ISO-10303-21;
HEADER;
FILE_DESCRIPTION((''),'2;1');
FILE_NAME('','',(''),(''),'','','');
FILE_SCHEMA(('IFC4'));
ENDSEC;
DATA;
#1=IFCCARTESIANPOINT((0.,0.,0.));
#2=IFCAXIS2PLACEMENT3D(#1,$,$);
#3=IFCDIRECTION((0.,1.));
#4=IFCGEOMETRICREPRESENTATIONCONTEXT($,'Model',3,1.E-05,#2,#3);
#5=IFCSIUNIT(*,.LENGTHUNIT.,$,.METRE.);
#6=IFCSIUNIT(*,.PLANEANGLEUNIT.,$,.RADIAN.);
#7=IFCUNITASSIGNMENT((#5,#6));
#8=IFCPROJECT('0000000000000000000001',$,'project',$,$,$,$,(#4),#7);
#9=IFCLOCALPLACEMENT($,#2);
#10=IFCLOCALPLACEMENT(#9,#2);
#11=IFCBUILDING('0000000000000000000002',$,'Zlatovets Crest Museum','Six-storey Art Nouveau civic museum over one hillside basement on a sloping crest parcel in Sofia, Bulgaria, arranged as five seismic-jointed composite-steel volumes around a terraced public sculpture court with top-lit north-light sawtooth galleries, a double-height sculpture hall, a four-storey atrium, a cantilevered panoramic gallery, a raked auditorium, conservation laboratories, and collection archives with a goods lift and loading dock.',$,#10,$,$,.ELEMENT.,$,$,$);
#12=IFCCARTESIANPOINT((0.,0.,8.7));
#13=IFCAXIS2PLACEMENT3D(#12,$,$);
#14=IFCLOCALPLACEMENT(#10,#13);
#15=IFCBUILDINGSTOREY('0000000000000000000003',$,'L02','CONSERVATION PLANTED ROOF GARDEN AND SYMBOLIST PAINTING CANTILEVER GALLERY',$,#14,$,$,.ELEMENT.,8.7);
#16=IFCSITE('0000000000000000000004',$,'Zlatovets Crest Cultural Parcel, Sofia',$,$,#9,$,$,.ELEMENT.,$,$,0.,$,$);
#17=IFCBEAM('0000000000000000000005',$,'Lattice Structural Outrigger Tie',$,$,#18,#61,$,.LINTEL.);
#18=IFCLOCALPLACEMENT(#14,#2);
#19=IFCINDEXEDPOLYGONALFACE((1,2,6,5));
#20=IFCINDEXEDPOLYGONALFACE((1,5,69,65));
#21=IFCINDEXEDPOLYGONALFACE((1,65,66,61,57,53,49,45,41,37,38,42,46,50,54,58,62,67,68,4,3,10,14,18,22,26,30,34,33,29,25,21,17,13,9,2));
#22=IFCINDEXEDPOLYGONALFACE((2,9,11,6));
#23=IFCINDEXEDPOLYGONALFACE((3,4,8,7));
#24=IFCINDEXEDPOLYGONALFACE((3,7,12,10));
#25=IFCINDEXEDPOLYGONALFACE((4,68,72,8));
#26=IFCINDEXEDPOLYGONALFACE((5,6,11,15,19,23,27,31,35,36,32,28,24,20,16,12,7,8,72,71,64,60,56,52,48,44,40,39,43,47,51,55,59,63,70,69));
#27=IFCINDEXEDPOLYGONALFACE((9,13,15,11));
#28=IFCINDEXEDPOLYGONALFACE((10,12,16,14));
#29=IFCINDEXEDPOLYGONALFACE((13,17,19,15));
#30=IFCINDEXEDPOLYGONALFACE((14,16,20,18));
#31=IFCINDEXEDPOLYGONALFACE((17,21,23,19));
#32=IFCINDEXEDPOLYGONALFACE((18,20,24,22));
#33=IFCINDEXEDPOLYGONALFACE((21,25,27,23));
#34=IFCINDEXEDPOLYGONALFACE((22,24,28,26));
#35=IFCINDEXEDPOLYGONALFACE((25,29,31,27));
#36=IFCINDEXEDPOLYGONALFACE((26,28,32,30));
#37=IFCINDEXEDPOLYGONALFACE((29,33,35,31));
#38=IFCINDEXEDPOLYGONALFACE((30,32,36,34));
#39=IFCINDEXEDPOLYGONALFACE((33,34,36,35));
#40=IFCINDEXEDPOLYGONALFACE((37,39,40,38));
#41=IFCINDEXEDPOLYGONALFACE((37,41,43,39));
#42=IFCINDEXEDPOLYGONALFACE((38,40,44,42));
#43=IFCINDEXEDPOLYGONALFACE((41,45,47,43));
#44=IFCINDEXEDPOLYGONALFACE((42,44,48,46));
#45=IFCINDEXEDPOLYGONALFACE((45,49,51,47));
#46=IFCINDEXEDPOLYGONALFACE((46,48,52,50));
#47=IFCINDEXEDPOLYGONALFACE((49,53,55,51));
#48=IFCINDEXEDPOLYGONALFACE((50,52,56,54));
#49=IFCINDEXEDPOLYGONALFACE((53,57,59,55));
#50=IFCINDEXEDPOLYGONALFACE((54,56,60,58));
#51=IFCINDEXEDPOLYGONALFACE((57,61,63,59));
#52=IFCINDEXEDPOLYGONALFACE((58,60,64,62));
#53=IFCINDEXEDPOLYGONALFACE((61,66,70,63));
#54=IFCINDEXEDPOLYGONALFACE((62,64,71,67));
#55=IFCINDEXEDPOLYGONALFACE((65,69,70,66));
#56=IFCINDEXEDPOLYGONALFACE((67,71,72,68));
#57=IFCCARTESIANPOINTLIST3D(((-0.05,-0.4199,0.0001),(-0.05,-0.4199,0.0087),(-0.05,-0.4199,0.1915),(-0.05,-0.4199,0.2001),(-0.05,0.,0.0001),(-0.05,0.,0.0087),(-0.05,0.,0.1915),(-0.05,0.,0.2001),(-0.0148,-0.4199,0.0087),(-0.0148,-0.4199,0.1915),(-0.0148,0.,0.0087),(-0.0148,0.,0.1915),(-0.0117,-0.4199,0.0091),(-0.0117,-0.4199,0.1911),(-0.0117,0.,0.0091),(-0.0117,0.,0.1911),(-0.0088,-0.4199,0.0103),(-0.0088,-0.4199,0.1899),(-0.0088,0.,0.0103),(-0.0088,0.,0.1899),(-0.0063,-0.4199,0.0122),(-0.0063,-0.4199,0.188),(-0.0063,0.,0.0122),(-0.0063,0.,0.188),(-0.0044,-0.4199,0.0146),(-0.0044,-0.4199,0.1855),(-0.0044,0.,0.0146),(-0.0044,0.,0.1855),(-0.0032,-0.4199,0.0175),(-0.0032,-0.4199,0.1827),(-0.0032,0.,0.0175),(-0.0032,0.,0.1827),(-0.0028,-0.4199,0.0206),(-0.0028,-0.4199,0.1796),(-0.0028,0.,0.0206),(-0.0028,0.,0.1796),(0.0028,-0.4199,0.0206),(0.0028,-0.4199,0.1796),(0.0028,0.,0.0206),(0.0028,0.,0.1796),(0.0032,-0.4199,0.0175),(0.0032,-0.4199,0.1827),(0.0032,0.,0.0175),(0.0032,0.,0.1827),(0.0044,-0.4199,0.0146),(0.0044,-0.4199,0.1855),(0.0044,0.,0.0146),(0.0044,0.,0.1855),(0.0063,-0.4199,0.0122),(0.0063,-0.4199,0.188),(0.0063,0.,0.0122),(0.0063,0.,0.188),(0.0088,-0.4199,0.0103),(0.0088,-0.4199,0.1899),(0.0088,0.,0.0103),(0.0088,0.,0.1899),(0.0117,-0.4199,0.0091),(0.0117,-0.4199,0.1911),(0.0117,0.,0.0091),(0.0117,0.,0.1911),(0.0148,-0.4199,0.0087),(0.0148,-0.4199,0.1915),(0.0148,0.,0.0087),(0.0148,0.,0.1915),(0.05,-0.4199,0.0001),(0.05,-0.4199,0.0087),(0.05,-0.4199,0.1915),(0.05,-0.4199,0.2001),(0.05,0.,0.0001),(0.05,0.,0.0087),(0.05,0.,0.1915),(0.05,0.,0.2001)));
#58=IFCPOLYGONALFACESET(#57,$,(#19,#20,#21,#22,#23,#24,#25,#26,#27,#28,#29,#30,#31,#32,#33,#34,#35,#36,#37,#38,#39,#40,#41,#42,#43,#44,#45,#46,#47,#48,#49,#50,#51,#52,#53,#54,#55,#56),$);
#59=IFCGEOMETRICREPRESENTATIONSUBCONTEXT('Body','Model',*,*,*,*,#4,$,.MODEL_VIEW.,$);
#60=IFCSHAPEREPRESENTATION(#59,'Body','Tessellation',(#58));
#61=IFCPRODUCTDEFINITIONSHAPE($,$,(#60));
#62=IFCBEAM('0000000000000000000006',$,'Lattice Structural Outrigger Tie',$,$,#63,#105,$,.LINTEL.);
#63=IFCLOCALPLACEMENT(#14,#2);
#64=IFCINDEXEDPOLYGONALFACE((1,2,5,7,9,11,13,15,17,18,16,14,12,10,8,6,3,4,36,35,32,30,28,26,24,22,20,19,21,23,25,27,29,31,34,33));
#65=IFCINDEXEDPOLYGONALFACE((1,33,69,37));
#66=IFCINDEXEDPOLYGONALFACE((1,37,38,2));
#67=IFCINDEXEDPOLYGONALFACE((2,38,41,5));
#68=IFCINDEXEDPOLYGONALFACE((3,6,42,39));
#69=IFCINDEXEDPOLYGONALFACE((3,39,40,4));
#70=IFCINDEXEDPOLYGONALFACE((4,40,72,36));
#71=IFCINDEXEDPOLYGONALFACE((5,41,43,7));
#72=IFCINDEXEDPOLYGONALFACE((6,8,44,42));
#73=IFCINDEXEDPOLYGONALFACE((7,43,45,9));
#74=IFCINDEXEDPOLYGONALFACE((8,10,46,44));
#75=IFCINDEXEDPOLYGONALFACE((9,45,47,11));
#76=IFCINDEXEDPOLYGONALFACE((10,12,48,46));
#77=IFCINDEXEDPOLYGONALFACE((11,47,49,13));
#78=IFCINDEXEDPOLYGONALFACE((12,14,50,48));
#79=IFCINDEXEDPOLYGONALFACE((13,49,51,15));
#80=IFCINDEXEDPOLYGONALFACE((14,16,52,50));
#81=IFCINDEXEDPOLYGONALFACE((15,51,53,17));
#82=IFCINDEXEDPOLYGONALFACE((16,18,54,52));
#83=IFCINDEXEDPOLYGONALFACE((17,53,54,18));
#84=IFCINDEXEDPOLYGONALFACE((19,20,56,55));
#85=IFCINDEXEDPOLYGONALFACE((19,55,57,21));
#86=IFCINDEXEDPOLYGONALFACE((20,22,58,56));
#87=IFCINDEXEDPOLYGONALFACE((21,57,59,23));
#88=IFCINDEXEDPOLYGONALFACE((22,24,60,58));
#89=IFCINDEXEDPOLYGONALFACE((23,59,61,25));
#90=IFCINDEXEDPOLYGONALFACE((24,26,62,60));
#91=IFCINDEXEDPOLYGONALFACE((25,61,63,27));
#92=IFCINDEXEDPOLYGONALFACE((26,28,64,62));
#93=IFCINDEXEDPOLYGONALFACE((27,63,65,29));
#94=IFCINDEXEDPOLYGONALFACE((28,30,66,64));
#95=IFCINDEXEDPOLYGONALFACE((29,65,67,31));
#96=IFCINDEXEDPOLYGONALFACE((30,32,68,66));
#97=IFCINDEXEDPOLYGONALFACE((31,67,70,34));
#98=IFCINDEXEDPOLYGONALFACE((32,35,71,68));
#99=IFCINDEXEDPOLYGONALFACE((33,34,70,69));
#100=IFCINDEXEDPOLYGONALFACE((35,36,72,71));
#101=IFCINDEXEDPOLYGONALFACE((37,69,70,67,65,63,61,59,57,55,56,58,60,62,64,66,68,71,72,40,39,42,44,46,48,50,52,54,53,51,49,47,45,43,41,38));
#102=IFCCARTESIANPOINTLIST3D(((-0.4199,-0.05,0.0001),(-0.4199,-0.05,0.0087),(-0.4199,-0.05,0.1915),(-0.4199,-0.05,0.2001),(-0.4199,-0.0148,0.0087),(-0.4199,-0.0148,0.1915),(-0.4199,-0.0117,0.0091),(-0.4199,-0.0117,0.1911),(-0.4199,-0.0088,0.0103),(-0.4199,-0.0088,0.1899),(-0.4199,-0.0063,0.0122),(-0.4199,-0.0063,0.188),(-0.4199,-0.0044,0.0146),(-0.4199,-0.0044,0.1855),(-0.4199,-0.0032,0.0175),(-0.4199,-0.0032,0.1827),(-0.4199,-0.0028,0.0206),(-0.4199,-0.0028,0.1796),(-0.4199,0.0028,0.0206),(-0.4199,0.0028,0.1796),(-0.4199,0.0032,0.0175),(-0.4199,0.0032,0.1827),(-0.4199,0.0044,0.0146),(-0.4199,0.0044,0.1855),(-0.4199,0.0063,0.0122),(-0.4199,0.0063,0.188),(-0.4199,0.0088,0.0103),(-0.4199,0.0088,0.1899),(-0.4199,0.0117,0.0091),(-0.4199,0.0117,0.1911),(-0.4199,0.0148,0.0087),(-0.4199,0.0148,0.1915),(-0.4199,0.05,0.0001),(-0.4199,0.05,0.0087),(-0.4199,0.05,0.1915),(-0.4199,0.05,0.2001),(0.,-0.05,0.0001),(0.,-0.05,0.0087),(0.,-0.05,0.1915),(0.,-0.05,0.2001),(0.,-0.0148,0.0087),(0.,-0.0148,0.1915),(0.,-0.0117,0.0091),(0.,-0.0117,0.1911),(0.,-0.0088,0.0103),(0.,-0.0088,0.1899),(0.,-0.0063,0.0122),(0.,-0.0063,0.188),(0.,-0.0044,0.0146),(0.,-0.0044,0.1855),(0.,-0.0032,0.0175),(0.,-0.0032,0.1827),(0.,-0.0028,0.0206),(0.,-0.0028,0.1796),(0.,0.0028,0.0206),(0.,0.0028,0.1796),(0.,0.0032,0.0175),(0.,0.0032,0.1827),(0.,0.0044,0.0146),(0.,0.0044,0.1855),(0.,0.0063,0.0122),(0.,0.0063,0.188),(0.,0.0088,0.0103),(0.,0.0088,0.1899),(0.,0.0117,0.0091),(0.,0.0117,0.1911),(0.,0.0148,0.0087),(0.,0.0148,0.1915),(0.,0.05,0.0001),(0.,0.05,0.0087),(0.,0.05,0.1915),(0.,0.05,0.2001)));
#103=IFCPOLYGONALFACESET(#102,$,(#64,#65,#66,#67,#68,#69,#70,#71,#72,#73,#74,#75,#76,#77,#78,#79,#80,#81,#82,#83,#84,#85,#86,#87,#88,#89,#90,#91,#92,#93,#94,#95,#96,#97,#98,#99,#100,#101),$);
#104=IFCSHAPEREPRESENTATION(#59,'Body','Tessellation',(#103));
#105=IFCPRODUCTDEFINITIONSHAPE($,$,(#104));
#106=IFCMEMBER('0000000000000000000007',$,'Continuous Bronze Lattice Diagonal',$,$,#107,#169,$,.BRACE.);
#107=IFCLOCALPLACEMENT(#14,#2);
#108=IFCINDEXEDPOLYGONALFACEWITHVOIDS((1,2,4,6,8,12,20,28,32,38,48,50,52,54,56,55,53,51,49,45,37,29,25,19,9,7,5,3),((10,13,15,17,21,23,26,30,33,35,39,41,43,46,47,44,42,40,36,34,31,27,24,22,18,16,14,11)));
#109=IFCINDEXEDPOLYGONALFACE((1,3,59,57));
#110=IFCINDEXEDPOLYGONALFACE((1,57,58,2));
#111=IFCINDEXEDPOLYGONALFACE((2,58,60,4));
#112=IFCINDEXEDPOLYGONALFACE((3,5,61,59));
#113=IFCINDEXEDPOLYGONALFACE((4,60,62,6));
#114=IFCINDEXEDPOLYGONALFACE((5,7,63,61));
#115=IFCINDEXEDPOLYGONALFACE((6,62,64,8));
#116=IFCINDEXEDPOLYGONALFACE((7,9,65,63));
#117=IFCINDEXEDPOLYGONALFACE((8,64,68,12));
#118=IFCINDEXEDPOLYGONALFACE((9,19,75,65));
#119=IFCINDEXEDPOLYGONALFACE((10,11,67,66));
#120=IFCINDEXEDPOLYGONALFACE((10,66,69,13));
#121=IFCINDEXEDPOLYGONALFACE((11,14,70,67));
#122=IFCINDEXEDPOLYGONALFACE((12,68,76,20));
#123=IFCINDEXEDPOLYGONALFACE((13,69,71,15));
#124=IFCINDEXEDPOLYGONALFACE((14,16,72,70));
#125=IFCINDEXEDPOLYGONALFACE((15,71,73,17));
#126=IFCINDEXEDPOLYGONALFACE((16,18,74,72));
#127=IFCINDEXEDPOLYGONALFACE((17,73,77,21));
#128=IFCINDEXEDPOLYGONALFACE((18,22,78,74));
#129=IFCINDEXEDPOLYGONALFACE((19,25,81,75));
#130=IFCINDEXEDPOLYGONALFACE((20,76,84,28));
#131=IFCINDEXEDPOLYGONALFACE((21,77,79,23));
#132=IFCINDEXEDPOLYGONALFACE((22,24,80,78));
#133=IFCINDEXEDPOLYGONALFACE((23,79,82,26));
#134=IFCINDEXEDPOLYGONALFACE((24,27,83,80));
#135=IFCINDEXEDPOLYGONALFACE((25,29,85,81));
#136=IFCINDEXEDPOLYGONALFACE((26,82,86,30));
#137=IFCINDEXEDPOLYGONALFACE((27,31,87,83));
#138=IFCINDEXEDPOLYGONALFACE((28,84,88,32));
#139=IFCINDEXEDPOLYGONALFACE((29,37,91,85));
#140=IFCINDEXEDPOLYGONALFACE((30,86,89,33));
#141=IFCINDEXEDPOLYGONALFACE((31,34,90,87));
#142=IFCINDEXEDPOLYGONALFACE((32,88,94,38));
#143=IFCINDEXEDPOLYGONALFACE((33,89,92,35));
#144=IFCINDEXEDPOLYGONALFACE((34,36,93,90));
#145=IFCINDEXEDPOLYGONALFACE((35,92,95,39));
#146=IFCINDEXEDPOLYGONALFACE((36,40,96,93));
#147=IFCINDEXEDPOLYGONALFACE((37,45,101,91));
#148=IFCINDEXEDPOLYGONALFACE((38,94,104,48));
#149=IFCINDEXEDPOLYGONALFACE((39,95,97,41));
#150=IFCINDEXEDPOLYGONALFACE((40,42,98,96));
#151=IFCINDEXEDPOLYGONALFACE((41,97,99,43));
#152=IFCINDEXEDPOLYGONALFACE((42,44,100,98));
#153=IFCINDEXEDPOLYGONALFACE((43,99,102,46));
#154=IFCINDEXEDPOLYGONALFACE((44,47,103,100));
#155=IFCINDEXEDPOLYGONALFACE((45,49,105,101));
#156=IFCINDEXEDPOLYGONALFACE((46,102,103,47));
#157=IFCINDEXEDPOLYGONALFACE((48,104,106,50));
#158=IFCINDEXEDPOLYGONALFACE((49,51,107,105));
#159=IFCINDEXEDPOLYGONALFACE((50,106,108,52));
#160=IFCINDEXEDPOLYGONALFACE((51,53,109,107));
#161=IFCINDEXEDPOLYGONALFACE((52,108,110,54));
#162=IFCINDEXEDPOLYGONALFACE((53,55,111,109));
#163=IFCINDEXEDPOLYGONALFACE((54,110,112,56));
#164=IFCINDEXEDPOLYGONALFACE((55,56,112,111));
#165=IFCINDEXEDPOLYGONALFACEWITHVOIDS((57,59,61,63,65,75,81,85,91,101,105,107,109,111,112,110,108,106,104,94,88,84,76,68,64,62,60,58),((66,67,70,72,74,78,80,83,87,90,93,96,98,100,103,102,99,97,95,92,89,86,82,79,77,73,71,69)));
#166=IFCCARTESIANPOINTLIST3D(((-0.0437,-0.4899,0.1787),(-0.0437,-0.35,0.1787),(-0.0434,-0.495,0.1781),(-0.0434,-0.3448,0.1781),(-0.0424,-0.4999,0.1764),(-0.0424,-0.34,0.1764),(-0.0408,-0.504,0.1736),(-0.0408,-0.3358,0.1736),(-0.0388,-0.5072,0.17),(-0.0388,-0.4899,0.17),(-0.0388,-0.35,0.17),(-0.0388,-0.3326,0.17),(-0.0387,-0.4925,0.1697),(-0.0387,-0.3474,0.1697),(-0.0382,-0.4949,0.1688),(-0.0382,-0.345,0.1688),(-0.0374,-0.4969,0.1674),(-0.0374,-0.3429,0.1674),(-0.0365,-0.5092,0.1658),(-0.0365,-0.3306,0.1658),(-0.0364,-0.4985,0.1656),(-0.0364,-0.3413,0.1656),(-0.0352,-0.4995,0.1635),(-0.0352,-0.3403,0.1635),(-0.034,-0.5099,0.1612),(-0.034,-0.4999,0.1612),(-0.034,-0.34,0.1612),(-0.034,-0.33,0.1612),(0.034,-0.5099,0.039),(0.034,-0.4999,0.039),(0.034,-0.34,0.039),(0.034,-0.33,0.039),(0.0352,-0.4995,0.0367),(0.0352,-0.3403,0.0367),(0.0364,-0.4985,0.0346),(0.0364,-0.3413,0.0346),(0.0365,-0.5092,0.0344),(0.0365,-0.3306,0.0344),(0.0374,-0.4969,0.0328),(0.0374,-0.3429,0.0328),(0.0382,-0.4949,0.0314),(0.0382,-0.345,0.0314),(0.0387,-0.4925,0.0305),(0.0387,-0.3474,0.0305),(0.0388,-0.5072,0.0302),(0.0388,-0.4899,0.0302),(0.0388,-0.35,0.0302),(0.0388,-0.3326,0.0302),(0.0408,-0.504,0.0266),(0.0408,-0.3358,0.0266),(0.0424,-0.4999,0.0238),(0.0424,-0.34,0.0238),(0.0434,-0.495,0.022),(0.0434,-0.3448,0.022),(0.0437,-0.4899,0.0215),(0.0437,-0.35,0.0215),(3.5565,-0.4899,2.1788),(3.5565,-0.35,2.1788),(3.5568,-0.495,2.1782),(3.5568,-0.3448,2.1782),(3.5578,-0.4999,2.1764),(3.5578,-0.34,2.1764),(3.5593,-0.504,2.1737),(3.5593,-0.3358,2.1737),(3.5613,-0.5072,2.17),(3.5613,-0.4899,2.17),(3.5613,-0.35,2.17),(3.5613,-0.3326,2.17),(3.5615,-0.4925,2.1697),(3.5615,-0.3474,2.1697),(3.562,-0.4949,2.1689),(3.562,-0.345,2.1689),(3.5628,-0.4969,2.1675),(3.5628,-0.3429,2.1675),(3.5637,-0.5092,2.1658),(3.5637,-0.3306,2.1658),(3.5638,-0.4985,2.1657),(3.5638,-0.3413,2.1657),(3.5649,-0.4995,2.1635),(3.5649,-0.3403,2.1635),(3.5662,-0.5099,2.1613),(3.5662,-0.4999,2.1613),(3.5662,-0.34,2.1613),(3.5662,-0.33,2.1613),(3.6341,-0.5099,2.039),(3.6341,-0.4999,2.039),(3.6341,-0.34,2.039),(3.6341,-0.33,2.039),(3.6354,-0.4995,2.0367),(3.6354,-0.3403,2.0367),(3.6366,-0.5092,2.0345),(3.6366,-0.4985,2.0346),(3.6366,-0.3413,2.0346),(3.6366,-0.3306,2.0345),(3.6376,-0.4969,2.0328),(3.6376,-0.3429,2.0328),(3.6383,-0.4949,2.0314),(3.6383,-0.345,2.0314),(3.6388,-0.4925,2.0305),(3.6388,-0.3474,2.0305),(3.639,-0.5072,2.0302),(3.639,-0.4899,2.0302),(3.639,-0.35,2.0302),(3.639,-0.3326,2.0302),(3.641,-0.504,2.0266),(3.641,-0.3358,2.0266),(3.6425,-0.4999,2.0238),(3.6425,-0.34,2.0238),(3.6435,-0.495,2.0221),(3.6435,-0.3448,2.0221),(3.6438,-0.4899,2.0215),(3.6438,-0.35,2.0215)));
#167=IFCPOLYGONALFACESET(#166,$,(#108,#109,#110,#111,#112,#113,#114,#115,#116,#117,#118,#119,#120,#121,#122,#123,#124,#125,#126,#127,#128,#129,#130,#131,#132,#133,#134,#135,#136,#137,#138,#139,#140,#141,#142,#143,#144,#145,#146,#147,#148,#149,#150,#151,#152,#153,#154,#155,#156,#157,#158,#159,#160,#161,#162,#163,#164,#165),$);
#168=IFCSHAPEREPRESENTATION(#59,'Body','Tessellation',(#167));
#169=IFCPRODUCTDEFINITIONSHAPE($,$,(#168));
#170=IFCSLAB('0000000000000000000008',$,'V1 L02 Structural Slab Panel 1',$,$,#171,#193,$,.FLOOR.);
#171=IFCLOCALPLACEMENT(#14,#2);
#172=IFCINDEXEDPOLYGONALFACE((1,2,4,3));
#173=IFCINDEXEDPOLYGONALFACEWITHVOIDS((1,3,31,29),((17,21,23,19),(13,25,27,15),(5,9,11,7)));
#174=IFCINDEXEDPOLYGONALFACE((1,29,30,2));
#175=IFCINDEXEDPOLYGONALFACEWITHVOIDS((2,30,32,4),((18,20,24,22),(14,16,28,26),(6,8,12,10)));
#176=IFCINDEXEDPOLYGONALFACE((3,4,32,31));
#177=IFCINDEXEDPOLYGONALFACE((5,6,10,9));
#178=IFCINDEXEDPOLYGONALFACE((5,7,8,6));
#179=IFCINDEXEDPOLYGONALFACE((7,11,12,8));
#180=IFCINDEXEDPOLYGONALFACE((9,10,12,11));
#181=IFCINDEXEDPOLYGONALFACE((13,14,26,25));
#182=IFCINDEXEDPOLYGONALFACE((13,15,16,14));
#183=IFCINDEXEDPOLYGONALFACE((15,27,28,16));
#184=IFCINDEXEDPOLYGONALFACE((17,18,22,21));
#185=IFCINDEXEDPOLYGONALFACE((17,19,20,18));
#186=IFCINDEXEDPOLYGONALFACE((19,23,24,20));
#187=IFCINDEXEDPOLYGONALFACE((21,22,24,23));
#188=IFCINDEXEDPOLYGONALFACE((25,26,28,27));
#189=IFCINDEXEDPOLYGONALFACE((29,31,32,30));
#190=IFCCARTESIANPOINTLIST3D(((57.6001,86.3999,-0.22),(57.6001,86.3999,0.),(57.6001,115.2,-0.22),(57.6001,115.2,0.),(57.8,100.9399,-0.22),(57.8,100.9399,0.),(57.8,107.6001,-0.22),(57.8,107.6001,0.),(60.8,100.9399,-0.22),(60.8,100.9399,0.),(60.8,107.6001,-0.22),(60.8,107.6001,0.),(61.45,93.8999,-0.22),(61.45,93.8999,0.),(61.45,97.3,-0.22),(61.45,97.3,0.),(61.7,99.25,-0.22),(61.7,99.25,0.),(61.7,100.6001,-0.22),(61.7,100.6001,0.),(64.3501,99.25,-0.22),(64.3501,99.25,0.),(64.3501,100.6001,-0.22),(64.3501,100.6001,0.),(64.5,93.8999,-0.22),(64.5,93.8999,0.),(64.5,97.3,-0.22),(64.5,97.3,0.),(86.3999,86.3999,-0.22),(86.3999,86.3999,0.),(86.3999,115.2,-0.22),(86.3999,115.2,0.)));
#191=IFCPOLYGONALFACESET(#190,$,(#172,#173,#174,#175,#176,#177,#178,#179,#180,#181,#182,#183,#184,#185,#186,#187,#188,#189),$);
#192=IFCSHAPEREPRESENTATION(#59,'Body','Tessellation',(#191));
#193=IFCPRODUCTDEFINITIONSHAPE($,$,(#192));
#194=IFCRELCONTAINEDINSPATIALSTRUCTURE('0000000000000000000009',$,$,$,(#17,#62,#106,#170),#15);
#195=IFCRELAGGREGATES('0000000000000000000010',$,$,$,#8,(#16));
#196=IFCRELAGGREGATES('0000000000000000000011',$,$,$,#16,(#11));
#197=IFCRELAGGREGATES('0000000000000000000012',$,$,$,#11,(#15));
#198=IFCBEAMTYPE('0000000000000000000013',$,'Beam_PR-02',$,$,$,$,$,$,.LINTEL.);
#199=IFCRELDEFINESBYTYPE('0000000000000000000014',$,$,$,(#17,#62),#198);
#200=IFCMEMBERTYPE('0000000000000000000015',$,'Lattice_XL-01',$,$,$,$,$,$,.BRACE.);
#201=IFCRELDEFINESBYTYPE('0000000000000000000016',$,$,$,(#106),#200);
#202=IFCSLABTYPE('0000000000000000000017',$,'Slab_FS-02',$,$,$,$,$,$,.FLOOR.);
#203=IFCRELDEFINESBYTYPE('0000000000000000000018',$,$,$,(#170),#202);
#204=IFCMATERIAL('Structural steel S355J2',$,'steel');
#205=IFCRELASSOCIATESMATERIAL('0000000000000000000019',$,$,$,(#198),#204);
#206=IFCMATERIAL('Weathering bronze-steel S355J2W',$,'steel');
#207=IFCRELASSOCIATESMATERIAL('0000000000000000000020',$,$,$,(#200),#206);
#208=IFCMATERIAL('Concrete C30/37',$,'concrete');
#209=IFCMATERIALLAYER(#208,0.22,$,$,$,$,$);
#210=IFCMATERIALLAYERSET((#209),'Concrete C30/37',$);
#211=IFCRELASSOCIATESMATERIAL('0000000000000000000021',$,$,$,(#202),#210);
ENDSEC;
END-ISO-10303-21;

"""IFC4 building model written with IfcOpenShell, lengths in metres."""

from ifc_helpers import new_model, si_unit, direction, frame, origin, origin_2d, place, context, subcontext, project, spatial, polyline, hollow_rectangle, i_section, outline, extrude, material, layer, layer_set, material_profile, profile_set, type_object, element, save


model = new_model("IFC4")

# Units and contexts
model_context = context("Model", 3, precision=1e-05, world=origin(), true_north=direction((0.0, 1.0)))
body_context = subcontext(model_context, "Body", "Model", "MODEL_VIEW")
ifc_project = project(units=[si_unit("LENGTHUNIT", "METRE"), si_unit("PLANEANGLEUNIT", "RADIAN")], contexts=[model_context])

# Site, building, storey
site_placement = place(None, origin())
site = spatial("IfcSite", under=ifc_project, at=site_placement, Name="Zlatovets Crest Cultural Parcel, Sofia", CompositionType="ELEMENT", RefElevation=0.0)
building_placement = place(site_placement, origin())
building = spatial("IfcBuilding", under=site, at=building_placement, Name="Zlatovets Crest Museum", Description="Six-storey Art Nouveau civic museum over one hillside basement on a sloping crest parcel in Sofia, Bulgaria, arranged as five seismic-jointed composite-steel volumes around a terraced public sculpture court with top-lit north-light sawtooth galleries, a double-height sculpture hall, a four-storey atrium, a cantilevered panoramic gallery, a raked auditorium, conservation laboratories, and collection archives with a goods lift and loading dock.", CompositionType="ELEMENT")
storey_placement = place(building_placement, frame((0.0, 0.0, 8.7)))
storey = spatial("IfcBuildingStorey", under=building, at=storey_placement, Name="L02", Description="CONSERVATION PLANTED ROOF GARDEN AND SYMBOLIST PAINTING CANTILEVER GALLERY", CompositionType="ELEMENT", Elevation=8.7)

# Shared definitions
ifc_material_1 = material(Name="Structural steel S355J2", Category="steel")

# Beams
ifc_material_profile_1 = material_profile(ifc_material_1, i_section(OverallWidth=0.1001, OverallDepth=0.2, WebThickness=0.0056, FlangeThickness=0.0085, FilletRadius=0.012, at=origin_2d()), Name="IPE 200")
ifc_profile_set_1 = profile_set([ifc_material_profile_1], Name="Structural steel S355J2")
beam_type_1 = type_object("IfcBeamType", Name="Beam_PR-02", PredefinedType="LINTEL", material=ifc_profile_set_1)
for number, where, z_axis, x_axis, name in (
    (1, (0.0, 0.0, 0.1001), (0.0, -1.0, 0.0), (1.0, 0.0, 0.0), "Lattice Structural Outrigger Tie"),
    (2, (0.0, 0.0, 0.1001), (-1.0, 0.0, 0.0), (0.0, -1.0, 0.0), "Lattice Structural Outrigger Tie"),
):
    element("IfcBeam", number, at=place(storey_placement, frame(where, z_axis=z_axis, x_axis=x_axis)), inside=storey, type_object=beam_type_1, Name=name, PredefinedType="LINTEL", context=body_context, shape_type="SweptSolid", body=[
        extrude(i_section(OverallWidth=0.1001, OverallDepth=0.2, WebThickness=0.0056, FlangeThickness=0.0085, FilletRadius=0.012, at=origin_2d()), origin(), (0.0, 0.0, 1.0), 0.4199),
    ])

# Member
ifc_material_2 = material(Name="Weathering bronze-steel S355J2W", Category="steel")
ifc_material_profile_2 = material_profile(ifc_material_2, hollow_rectangle(XDim=0.1799, YDim=0.1799, WallThickness=0.01, InnerFilletRadius=0.01, OuterFilletRadius=0.02, at=origin_2d()), Name="SHS 180x180x10.0")
ifc_profile_set_2 = profile_set([ifc_material_profile_2], Name="Weathering bronze-steel S355J2W")
member_type = type_object("IfcMemberType", Name="Lattice_XL-01", PredefinedType="BRACE", material=ifc_profile_set_2)
member_placement = place(storey_placement, frame((0.0, -0.4199, 0.1001), z_axis=(0.874163, 0.0, 0.485633), x_axis=(0.0, 1.0, 0.0)))
element("IfcMember", 3, at=member_placement, inside=storey, type_object=member_type, Name="Continuous Bronze Lattice Diagonal", PredefinedType="BRACE", context=body_context, shape_type="SweptSolid", body=[
    extrude(hollow_rectangle(XDim=0.1799, YDim=0.1799, WallThickness=0.01, InnerFilletRadius=0.01, OuterFilletRadius=0.02, at=origin_2d()), origin(), (0.0, 0.0, 1.0), 4.1184),
])

# Slab
ifc_material_3 = material(Name="Concrete C30/37", Category="concrete")
ifc_layer_1 = layer(ifc_material_3, 0.22)
ifc_layer_set_1 = layer_set([ifc_layer_1], Name="Concrete C30/37")
slab_type_1 = type_object("IfcSlabType", Name="Slab_FS-02", PredefinedType="FLOOR", material=ifc_layer_set_1)
slab_1_placement = place(storey_placement, frame((0.0, 0.0, -0.22)))
element("IfcSlab", 4, at=slab_1_placement, inside=storey, type_object=slab_type_1, Name="V1 L02 Structural Slab Panel 1", PredefinedType="FLOOR", context=body_context, shape_type="SweptSolid", body=[
    extrude(outline(polyline([(86.3999, 115.2), (86.3999, 86.3999), (57.6001, 86.3999), (57.6001, 115.2), (86.3999, 115.2)]), holes=[polyline([(57.8, 107.6001), (57.8, 100.9399), (60.8, 100.9399), (60.8, 107.6001), (57.8, 107.6001)]), polyline([(64.5, 93.8999), (64.5, 97.3), (61.45, 97.3), (61.45, 93.8999), (64.5, 93.8999)]), polyline([(61.7, 99.25), (64.3501, 99.25), (64.3501, 100.6001), (61.7, 100.6001), (61.7, 99.25)])]), origin(), (0.0, 0.0, 1.0), 0.22),
])

save(model, "model.ifc")
